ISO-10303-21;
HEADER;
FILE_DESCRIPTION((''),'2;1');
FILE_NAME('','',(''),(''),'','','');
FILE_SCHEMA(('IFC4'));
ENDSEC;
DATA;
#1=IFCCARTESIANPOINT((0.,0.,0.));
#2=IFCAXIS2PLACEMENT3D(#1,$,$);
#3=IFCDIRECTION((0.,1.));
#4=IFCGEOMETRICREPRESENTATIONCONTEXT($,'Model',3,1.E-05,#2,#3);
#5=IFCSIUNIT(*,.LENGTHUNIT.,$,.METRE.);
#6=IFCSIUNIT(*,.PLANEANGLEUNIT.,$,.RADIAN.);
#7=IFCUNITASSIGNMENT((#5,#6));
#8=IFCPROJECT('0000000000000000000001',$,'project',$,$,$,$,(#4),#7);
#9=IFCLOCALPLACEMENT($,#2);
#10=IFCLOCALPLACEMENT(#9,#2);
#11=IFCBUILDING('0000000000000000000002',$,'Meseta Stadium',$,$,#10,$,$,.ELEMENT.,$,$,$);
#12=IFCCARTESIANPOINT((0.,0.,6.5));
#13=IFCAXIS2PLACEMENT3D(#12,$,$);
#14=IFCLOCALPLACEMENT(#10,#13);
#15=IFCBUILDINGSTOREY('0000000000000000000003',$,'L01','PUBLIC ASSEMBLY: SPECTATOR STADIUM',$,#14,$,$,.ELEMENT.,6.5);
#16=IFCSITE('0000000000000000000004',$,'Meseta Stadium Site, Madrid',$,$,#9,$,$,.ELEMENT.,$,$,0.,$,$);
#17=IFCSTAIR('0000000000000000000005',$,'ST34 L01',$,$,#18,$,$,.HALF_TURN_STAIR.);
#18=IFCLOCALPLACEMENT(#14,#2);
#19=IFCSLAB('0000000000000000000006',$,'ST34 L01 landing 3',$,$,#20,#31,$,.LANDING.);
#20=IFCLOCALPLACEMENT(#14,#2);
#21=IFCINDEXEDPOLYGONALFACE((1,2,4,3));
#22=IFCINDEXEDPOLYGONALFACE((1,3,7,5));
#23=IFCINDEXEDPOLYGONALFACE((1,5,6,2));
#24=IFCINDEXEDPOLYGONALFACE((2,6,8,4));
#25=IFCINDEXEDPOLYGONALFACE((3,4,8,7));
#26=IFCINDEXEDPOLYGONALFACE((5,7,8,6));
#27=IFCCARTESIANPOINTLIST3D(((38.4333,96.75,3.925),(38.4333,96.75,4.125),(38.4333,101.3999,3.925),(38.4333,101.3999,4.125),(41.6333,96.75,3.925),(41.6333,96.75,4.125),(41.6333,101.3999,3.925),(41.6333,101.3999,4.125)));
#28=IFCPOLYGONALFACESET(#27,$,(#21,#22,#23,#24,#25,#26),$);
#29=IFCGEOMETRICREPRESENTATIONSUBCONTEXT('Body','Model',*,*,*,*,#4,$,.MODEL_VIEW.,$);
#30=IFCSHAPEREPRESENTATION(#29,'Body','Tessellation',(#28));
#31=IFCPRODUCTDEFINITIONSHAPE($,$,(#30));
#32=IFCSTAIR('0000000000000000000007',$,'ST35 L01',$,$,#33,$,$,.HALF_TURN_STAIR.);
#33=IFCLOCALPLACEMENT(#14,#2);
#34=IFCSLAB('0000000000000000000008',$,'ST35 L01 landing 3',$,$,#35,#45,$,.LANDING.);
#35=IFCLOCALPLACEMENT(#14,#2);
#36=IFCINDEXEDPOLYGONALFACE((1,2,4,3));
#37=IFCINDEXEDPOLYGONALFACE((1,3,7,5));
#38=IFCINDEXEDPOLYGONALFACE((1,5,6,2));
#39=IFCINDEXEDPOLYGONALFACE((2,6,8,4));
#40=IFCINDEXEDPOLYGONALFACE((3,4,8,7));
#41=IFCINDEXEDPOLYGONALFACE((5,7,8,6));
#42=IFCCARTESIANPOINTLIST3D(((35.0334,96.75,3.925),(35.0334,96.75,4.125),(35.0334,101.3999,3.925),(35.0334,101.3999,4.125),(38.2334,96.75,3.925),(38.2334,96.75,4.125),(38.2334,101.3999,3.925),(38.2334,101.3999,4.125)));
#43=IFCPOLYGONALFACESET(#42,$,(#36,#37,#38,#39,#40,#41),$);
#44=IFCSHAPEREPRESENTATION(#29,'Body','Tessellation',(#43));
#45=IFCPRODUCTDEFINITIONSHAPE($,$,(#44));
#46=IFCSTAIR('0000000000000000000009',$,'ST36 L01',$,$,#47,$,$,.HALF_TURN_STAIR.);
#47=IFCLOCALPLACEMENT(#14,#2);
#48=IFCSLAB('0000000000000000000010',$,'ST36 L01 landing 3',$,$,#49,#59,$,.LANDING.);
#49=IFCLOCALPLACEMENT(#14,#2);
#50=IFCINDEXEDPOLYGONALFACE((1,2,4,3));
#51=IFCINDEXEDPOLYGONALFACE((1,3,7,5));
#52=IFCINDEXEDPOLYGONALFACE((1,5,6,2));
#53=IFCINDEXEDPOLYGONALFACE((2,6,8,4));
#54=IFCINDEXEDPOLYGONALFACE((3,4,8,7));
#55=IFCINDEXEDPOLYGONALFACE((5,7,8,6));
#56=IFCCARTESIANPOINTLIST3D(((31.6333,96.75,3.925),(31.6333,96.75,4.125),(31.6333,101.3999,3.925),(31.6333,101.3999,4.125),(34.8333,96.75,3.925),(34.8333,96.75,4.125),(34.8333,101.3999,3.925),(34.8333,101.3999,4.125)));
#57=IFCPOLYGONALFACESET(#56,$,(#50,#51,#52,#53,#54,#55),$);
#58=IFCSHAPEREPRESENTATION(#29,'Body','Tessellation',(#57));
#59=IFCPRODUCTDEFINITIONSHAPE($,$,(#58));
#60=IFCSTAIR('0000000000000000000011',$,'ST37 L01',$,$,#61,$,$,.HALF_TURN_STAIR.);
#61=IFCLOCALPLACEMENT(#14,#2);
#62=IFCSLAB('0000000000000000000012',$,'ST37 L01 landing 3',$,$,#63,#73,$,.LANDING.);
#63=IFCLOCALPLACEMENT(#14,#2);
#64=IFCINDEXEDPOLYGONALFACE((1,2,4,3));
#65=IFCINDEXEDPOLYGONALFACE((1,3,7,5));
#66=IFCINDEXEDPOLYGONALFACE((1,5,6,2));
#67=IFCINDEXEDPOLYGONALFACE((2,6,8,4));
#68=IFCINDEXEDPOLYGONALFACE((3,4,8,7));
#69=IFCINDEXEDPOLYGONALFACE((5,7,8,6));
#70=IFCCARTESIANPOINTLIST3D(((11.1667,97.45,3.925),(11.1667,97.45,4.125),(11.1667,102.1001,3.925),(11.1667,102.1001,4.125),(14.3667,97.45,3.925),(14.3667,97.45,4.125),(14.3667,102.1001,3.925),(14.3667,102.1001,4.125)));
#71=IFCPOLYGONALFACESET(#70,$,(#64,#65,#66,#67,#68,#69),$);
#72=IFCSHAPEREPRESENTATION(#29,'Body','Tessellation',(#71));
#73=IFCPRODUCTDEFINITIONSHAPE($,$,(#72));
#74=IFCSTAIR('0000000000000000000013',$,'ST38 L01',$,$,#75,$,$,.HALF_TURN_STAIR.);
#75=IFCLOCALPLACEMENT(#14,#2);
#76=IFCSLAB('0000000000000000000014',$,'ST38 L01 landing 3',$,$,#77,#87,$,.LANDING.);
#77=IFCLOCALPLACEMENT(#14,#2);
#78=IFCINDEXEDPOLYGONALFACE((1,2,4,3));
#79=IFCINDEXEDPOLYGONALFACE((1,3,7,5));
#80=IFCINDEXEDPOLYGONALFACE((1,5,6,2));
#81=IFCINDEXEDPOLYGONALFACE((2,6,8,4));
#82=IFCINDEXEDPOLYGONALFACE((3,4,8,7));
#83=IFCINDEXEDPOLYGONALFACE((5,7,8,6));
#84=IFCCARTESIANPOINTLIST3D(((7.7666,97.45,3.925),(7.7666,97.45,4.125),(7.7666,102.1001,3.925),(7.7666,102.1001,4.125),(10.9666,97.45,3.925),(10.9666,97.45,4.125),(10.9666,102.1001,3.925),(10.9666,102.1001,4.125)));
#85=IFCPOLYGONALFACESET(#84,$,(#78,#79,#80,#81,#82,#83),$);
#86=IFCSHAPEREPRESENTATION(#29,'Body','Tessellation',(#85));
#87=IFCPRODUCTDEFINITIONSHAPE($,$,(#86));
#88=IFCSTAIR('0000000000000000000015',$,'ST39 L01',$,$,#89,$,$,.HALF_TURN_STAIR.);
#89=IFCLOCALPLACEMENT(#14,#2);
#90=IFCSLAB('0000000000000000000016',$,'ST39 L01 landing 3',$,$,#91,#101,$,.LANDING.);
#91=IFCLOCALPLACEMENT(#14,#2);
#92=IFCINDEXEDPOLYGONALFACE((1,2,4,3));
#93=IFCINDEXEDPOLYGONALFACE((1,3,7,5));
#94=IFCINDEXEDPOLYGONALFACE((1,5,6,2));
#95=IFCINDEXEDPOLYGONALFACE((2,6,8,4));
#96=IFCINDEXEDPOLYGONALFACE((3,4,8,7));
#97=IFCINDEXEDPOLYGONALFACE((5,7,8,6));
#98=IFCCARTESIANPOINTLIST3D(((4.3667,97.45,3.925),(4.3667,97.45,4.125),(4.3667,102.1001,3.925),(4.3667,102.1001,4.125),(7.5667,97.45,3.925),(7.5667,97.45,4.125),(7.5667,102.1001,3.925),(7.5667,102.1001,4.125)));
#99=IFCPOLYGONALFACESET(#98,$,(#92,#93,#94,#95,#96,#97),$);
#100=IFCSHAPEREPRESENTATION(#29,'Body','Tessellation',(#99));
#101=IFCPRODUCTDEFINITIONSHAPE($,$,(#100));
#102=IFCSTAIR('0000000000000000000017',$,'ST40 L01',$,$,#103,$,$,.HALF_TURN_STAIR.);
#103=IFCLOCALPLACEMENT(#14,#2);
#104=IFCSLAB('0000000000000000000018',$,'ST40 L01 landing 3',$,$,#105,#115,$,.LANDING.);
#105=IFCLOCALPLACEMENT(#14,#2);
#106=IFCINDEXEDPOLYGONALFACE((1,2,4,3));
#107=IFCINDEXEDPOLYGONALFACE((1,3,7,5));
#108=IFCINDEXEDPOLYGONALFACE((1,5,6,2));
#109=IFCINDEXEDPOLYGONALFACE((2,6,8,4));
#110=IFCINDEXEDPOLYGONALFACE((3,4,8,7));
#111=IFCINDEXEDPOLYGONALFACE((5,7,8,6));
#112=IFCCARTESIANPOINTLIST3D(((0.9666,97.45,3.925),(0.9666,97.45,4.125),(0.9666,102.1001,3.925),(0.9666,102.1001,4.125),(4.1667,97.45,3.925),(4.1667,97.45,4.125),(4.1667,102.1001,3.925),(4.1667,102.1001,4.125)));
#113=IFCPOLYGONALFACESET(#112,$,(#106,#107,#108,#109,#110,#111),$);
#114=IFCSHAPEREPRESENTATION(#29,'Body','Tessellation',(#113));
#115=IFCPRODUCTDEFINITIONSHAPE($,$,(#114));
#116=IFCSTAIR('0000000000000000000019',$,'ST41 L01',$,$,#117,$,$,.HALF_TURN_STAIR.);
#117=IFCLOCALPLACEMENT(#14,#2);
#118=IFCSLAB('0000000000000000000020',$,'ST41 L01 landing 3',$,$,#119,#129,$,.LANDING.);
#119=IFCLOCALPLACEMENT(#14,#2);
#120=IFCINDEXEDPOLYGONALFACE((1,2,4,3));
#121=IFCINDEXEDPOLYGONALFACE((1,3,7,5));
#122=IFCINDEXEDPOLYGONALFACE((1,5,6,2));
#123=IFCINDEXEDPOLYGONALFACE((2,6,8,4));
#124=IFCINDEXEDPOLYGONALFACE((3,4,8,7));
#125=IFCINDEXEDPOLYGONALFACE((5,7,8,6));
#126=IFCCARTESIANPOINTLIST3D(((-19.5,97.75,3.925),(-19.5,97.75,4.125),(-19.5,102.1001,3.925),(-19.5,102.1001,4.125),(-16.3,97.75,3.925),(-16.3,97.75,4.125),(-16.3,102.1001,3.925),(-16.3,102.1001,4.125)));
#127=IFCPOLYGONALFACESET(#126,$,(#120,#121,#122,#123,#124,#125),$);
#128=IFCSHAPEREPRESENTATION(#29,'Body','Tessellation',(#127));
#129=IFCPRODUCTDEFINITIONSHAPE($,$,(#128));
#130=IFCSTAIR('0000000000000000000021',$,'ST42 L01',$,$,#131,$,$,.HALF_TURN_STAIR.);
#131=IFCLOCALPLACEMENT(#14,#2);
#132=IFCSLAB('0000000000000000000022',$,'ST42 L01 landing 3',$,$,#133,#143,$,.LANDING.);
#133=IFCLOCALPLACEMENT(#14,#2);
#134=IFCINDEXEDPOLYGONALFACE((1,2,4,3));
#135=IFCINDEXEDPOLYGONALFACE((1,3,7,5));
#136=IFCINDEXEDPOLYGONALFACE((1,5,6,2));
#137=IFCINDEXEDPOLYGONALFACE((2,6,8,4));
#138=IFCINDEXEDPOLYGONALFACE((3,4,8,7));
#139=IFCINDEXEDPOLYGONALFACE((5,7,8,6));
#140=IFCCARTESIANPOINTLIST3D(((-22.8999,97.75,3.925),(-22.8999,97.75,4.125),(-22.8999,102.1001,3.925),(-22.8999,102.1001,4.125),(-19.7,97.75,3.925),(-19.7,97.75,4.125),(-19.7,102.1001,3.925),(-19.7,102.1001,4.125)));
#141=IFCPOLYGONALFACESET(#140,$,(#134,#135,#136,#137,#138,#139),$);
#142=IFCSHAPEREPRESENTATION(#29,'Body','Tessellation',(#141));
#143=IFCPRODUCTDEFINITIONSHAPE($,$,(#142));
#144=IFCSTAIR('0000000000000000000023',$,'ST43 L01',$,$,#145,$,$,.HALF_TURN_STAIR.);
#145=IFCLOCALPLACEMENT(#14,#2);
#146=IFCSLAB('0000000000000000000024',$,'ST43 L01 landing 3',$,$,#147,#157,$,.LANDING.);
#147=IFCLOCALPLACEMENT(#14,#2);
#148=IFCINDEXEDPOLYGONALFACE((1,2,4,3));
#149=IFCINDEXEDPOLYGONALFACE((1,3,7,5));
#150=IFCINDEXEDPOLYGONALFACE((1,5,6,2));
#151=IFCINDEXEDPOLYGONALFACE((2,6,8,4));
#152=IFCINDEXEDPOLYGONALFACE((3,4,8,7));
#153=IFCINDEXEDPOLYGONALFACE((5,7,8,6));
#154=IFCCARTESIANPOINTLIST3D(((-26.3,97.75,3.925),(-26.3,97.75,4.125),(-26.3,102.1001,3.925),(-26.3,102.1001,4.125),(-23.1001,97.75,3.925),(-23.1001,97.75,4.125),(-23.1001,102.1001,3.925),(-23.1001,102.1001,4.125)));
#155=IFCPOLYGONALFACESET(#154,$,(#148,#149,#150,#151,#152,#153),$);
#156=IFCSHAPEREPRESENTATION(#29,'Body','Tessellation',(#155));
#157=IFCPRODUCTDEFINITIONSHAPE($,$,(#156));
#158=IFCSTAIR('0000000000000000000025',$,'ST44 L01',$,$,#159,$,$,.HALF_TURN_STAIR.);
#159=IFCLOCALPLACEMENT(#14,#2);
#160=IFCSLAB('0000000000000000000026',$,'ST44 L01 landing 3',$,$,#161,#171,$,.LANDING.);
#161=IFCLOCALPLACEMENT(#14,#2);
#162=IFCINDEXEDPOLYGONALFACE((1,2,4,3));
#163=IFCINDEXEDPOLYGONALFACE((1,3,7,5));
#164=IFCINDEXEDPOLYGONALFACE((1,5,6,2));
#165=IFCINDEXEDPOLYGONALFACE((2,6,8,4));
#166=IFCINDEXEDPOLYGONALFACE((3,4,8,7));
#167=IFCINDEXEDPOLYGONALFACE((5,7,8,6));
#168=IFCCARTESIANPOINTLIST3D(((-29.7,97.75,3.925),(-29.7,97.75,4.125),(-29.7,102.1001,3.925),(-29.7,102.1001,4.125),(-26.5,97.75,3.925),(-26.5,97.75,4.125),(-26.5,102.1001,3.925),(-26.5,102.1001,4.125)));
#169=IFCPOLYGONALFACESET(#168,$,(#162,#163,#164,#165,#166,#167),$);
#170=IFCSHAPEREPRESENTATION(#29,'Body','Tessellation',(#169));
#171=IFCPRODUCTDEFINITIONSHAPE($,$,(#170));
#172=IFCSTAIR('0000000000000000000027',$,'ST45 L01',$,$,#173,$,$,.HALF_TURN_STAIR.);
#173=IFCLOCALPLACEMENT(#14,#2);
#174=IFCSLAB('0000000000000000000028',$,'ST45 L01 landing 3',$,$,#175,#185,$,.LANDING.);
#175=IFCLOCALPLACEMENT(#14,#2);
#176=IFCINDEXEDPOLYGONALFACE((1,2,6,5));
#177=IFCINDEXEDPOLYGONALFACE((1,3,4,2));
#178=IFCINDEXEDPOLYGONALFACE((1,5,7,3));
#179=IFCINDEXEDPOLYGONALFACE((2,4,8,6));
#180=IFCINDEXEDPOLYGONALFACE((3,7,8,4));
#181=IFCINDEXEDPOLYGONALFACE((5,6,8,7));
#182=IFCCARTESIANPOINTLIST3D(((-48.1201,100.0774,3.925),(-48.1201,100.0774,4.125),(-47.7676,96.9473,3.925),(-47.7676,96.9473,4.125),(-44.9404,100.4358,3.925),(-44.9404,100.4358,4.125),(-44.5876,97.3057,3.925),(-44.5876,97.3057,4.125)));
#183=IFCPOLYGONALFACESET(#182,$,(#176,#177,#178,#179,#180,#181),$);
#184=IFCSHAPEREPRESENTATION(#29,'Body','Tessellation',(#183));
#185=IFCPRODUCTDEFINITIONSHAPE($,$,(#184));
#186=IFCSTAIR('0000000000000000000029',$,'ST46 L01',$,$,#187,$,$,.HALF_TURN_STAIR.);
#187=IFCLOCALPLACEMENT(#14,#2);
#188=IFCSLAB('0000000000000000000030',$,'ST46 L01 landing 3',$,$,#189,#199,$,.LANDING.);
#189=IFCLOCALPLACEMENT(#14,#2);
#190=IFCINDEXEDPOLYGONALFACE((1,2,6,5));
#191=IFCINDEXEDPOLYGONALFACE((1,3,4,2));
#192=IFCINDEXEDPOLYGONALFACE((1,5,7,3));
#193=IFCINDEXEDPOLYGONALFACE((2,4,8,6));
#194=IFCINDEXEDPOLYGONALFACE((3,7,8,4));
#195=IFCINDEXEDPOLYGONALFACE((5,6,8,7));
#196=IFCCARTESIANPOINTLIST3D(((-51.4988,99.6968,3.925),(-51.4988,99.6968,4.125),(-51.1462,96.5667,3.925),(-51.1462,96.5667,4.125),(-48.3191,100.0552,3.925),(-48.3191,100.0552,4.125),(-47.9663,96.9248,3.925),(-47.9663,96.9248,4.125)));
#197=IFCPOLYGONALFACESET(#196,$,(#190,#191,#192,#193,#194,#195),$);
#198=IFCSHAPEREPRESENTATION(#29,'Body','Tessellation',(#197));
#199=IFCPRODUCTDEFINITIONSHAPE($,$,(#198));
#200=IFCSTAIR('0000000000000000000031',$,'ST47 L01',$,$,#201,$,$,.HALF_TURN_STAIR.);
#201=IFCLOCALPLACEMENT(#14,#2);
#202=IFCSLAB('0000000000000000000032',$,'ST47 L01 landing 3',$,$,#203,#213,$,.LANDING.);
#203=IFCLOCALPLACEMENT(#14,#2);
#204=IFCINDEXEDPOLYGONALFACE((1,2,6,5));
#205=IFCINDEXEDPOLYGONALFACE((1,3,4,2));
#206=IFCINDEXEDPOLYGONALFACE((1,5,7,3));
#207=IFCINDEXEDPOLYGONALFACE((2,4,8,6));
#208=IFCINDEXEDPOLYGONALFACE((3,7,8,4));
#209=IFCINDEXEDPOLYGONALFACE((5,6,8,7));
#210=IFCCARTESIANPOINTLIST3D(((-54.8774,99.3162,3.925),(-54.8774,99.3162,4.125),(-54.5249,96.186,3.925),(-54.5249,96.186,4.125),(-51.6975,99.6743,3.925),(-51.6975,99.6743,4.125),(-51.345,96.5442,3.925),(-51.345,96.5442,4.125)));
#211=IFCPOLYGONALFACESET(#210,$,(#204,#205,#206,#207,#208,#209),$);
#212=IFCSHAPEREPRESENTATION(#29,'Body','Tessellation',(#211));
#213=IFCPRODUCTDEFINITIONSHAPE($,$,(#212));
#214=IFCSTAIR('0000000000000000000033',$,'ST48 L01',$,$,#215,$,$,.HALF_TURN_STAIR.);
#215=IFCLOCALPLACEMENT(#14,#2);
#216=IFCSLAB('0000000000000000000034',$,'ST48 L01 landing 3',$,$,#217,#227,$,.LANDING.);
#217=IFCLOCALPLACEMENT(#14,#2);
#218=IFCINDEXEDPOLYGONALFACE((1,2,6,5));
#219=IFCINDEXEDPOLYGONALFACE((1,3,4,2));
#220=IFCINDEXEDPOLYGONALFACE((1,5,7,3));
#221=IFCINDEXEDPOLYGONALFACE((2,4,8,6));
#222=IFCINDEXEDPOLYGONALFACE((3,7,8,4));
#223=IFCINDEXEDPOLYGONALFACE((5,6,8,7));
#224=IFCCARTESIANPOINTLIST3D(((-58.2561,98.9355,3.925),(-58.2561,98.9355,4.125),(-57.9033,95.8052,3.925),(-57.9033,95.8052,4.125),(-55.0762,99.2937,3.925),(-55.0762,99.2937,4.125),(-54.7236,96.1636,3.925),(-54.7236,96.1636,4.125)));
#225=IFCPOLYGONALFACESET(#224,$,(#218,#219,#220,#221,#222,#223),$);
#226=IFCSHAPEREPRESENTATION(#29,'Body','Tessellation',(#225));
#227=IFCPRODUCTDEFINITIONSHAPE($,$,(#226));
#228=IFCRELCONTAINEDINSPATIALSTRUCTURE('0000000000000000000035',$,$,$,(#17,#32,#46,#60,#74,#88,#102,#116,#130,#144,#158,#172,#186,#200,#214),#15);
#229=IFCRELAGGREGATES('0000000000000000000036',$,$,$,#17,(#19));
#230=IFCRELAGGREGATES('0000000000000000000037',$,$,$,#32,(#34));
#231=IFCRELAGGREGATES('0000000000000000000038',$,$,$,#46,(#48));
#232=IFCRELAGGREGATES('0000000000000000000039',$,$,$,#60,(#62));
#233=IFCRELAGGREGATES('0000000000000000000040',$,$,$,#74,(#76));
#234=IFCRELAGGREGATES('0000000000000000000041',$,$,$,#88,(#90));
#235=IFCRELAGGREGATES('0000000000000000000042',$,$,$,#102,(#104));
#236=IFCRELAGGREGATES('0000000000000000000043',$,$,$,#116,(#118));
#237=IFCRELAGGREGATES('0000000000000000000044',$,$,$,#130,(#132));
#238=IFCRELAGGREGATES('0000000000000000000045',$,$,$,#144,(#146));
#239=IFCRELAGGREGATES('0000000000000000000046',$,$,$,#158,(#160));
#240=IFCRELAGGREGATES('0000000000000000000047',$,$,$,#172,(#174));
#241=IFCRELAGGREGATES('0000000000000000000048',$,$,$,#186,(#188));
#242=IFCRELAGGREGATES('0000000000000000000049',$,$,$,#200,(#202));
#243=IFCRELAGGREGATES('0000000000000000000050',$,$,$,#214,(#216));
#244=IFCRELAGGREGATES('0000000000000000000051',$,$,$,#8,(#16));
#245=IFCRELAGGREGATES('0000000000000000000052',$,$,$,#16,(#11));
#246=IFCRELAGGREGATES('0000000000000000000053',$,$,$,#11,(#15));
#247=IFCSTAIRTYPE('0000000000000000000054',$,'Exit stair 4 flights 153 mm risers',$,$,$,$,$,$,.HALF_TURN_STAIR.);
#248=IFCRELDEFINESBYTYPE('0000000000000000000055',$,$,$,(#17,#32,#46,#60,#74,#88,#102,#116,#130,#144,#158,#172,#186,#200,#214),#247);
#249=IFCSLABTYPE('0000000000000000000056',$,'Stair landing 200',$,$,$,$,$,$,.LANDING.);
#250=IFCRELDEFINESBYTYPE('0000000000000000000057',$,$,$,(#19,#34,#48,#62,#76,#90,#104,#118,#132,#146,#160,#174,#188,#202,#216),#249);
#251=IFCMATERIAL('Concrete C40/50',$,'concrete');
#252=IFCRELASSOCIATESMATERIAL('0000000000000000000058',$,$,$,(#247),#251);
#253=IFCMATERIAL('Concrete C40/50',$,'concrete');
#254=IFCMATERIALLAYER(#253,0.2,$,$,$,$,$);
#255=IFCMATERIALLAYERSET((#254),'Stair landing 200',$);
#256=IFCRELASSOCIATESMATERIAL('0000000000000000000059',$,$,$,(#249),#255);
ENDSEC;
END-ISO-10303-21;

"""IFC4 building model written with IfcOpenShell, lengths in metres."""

from ifc_helpers import new_model, si_unit, direction, frame, origin, place, context, subcontext, project, spatial, polyline, outline, extrude, material, layer, layer_set, type_object, element, aggregate, save


model = new_model("IFC4")

# Units and contexts
model_context = context("Model", 3, precision=1e-05, world=origin(), true_north=direction((0.0, 1.0)))
body_context = subcontext(model_context, "Body", "Model", "MODEL_VIEW")
ifc_project = project(units=[si_unit("LENGTHUNIT", "METRE"), si_unit("PLANEANGLEUNIT", "RADIAN")], contexts=[model_context])

# Site, building, storey
site_placement = place(None, origin())
site = spatial("IfcSite", under=ifc_project, at=site_placement, Name="Meseta Stadium Site, Madrid", CompositionType="ELEMENT", RefElevation=0.0)
building_placement = place(site_placement, origin())
building = spatial("IfcBuilding", under=site, at=building_placement, Name="Meseta Stadium", CompositionType="ELEMENT")
storey_placement = place(building_placement, frame((0.0, 0.0, 6.5)))
storey = spatial("IfcBuildingStorey", under=building, at=storey_placement, Name="L01", Description="PUBLIC ASSEMBLY: SPECTATOR STADIUM", CompositionType="ELEMENT", Elevation=6.5)

# Stairs, slabs
ifc_material_1 = material(Name="Concrete C40/50", Category="concrete")
stair_type = type_object("IfcStairType", Name="Exit stair 4 flights 153 mm risers", PredefinedType="HALF_TURN_STAIR", material=ifc_material_1)
stair_1_placement = place(storey_placement, origin())
stair_1 = element("IfcStair", 1, at=stair_1_placement, inside=storey, type_object=stair_type, Name="ST34 L01", PredefinedType="HALF_TURN_STAIR")
ifc_material_2 = material(Name="Concrete C40/50", Category="concrete")
ifc_layer = layer(ifc_material_2, 0.2)
ifc_layer_set = layer_set([ifc_layer], Name="Stair landing 200")
slab_type = type_object("IfcSlabType", Name="Stair landing 200", PredefinedType="LANDING", material=ifc_layer_set)
slab_1_placement = place(storey_placement, frame((0.0, 0.0, 3.925)))
slab_1 = element("IfcSlab", 2, at=slab_1_placement, type_object=slab_type, Name="ST34 L01 landing 3", PredefinedType="LANDING", context=body_context, shape_type="SweptSolid", body=[
    extrude(outline(polyline([(41.6333, 96.75), (41.6333, 101.3999), (38.4333, 101.3999), (38.4333, 96.75), (41.6333, 96.75)])), origin(), (0.0, 0.0, 1.0), 0.2),
])
aggregate(stair_1, [slab_1])
stair_2_placement = place(storey_placement, origin())
stair_2 = element("IfcStair", 3, at=stair_2_placement, inside=storey, type_object=stair_type, Name="ST35 L01", PredefinedType="HALF_TURN_STAIR")
slab_2_placement = place(storey_placement, frame((0.0, 0.0, 3.925)))
slab_2 = element("IfcSlab", 4, at=slab_2_placement, type_object=slab_type, Name="ST35 L01 landing 3", PredefinedType="LANDING", context=body_context, shape_type="SweptSolid", body=[
    extrude(outline(polyline([(38.2334, 96.75), (38.2334, 101.3999), (35.0334, 101.3999), (35.0334, 96.75), (38.2334, 96.75)])), origin(), (0.0, 0.0, 1.0), 0.2),
])
aggregate(stair_2, [slab_2])
stair_3_placement = place(storey_placement, origin())
stair_3 = element("IfcStair", 5, at=stair_3_placement, inside=storey, type_object=stair_type, Name="ST36 L01", PredefinedType="HALF_TURN_STAIR")
slab_3_placement = place(storey_placement, frame((0.0, 0.0, 3.925)))
slab_3 = element("IfcSlab", 6, at=slab_3_placement, type_object=slab_type, Name="ST36 L01 landing 3", PredefinedType="LANDING", context=body_context, shape_type="SweptSolid", body=[
    extrude(outline(polyline([(34.8333, 96.75), (34.8333, 101.3999), (31.6333, 101.3999), (31.6333, 96.75), (34.8333, 96.75)])), origin(), (0.0, 0.0, 1.0), 0.2),
])
aggregate(stair_3, [slab_3])
stair_4_placement = place(storey_placement, origin())
stair_4 = element("IfcStair", 7, at=stair_4_placement, inside=storey, type_object=stair_type, Name="ST37 L01", PredefinedType="HALF_TURN_STAIR")
slab_4_placement = place(storey_placement, frame((0.0, 0.0, 3.925)))
slab_4 = element("IfcSlab", 8, at=slab_4_placement, type_object=slab_type, Name="ST37 L01 landing 3", PredefinedType="LANDING", context=body_context, shape_type="SweptSolid", body=[
    extrude(outline(polyline([(14.3667, 97.45), (14.3667, 102.1001), (11.1667, 102.1001), (11.1667, 97.45), (14.3667, 97.45)])), origin(), (0.0, 0.0, 1.0), 0.2),
])
aggregate(stair_4, [slab_4])
stair_5_placement = place(storey_placement, origin())
stair_5 = element("IfcStair", 9, at=stair_5_placement, inside=storey, type_object=stair_type, Name="ST38 L01", PredefinedType="HALF_TURN_STAIR")
slab_5_placement = place(storey_placement, frame((0.0, 0.0, 3.925)))
slab_5 = element("IfcSlab", 10, at=slab_5_placement, type_object=slab_type, Name="ST38 L01 landing 3", PredefinedType="LANDING", context=body_context, shape_type="SweptSolid", body=[
    extrude(outline(polyline([(10.9666, 97.45), (10.9666, 102.1001), (7.7666, 102.1001), (7.7666, 97.45), (10.9666, 97.45)])), origin(), (0.0, 0.0, 1.0), 0.2),
])
aggregate(stair_5, [slab_5])
stair_6_placement = place(storey_placement, origin())
stair_6 = element("IfcStair", 11, at=stair_6_placement, inside=storey, type_object=stair_type, Name="ST39 L01", PredefinedType="HALF_TURN_STAIR")
slab_6_placement = place(storey_placement, frame((0.0, 0.0, 3.925)))
slab_6 = element("IfcSlab", 12, at=slab_6_placement, type_object=slab_type, Name="ST39 L01 landing 3", PredefinedType="LANDING", context=body_context, shape_type="SweptSolid", body=[
    extrude(outline(polyline([(7.5667, 97.45), (7.5667, 102.1001), (4.3667, 102.1001), (4.3667, 97.45), (7.5667, 97.45)])), origin(), (0.0, 0.0, 1.0), 0.2),
])
aggregate(stair_6, [slab_6])
stair_7_placement = place(storey_placement, origin())
stair_7 = element("IfcStair", 13, at=stair_7_placement, inside=storey, type_object=stair_type, Name="ST40 L01", PredefinedType="HALF_TURN_STAIR")
slab_7_placement = place(storey_placement, frame((0.0, 0.0, 3.925)))
slab_7 = element("IfcSlab", 14, at=slab_7_placement, type_object=slab_type, Name="ST40 L01 landing 3", PredefinedType="LANDING", context=body_context, shape_type="SweptSolid", body=[
    extrude(outline(polyline([(4.1667, 97.45), (4.1667, 102.1001), (0.9666, 102.1001), (0.9666, 97.45), (4.1667, 97.45)])), origin(), (0.0, 0.0, 1.0), 0.2),
])
aggregate(stair_7, [slab_7])
stair_8_placement = place(storey_placement, origin())
stair_8 = element("IfcStair", 15, at=stair_8_placement, inside=storey, type_object=stair_type, Name="ST41 L01", PredefinedType="HALF_TURN_STAIR")
slab_8_placement = place(storey_placement, frame((0.0, 0.0, 3.925)))
slab_8 = element("IfcSlab", 16, at=slab_8_placement, type_object=slab_type, Name="ST41 L01 landing 3", PredefinedType="LANDING", context=body_context, shape_type="SweptSolid", body=[
    extrude(outline(polyline([(-16.3, 97.75), (-16.3, 102.1001), (-19.5, 102.1001), (-19.5, 97.75), (-16.3, 97.75)])), origin(), (0.0, 0.0, 1.0), 0.2),
])
aggregate(stair_8, [slab_8])
stair_9_placement = place(storey_placement, origin())
stair_9 = element("IfcStair", 17, at=stair_9_placement, inside=storey, type_object=stair_type, Name="ST42 L01", PredefinedType="HALF_TURN_STAIR")
slab_9_placement = place(storey_placement, frame((0.0, 0.0, 3.925)))
slab_9 = element("IfcSlab", 18, at=slab_9_placement, type_object=slab_type, Name="ST42 L01 landing 3", PredefinedType="LANDING", context=body_context, shape_type="SweptSolid", body=[
    extrude(outline(polyline([(-19.7, 97.75), (-19.7, 102.1001), (-22.8999, 102.1001), (-22.8999, 97.75), (-19.7, 97.75)])), origin(), (0.0, 0.0, 1.0), 0.2),
])
aggregate(stair_9, [slab_9])
stair_10_placement = place(storey_placement, origin())
stair_10 = element("IfcStair", 19, at=stair_10_placement, inside=storey, type_object=stair_type, Name="ST43 L01", PredefinedType="HALF_TURN_STAIR")
slab_10_placement = place(storey_placement, frame((0.0, 0.0, 3.925)))
slab_10 = element("IfcSlab", 20, at=slab_10_placement, type_object=slab_type, Name="ST43 L01 landing 3", PredefinedType="LANDING", context=body_context, shape_type="SweptSolid", body=[
    extrude(outline(polyline([(-23.1001, 97.75), (-23.1001, 102.1001), (-26.3, 102.1001), (-26.3, 97.75), (-23.1001, 97.75)])), origin(), (0.0, 0.0, 1.0), 0.2),
])
aggregate(stair_10, [slab_10])
stair_11_placement = place(storey_placement, origin())
stair_11 = element("IfcStair", 21, at=stair_11_placement, inside=storey, type_object=stair_type, Name="ST44 L01", PredefinedType="HALF_TURN_STAIR")
slab_11_placement = place(storey_placement, frame((0.0, 0.0, 3.925)))
slab_11 = element("IfcSlab", 22, at=slab_11_placement, type_object=slab_type, Name="ST44 L01 landing 3", PredefinedType="LANDING", context=body_context, shape_type="SweptSolid", body=[
    extrude(outline(polyline([(-26.5, 97.75), (-26.5, 102.1001), (-29.7, 102.1001), (-29.7, 97.75), (-26.5, 97.75)])), origin(), (0.0, 0.0, 1.0), 0.2),
])
aggregate(stair_11, [slab_11])
stair_12_placement = place(storey_placement, origin())
stair_12 = element("IfcStair", 23, at=stair_12_placement, inside=storey, type_object=stair_type, Name="ST45 L01", PredefinedType="HALF_TURN_STAIR")
slab_12_placement = place(storey_placement, frame((0.0, 0.0, 3.925)))
slab_12 = element("IfcSlab", 24, at=slab_12_placement, type_object=slab_type, Name="ST45 L01 landing 3", PredefinedType="LANDING", context=body_context, shape_type="SweptSolid", body=[
    extrude(outline(polyline([(-44.5876, 97.3057), (-44.9404, 100.4358), (-48.1201, 100.0774), (-47.7676, 96.9473), (-44.5876, 97.3057)])), origin(), (0.0, 0.0, 1.0), 0.2),
])
aggregate(stair_12, [slab_12])
stair_13_placement = place(storey_placement, origin())
stair_13 = element("IfcStair", 25, at=stair_13_placement, inside=storey, type_object=stair_type, Name="ST46 L01", PredefinedType="HALF_TURN_STAIR")
slab_13_placement = place(storey_placement, frame((0.0, 0.0, 3.925)))
slab_13 = element("IfcSlab", 26, at=slab_13_placement, type_object=slab_type, Name="ST46 L01 landing 3", PredefinedType="LANDING", context=body_context, shape_type="SweptSolid", body=[
    extrude(outline(polyline([(-47.9663, 96.9248), (-48.3191, 100.0552), (-51.4988, 99.6968), (-51.1462, 96.5667), (-47.9663, 96.9248)])), origin(), (0.0, 0.0, 1.0), 0.2),
])
aggregate(stair_13, [slab_13])
stair_14_placement = place(storey_placement, origin())
stair_14 = element("IfcStair", 27, at=stair_14_placement, inside=storey, type_object=stair_type, Name="ST47 L01", PredefinedType="HALF_TURN_STAIR")
slab_14_placement = place(storey_placement, frame((0.0, 0.0, 3.925)))
slab_14 = element("IfcSlab", 28, at=slab_14_placement, type_object=slab_type, Name="ST47 L01 landing 3", PredefinedType="LANDING", context=body_context, shape_type="SweptSolid", body=[
    extrude(outline(polyline([(-51.345, 96.5442), (-51.6975, 99.6743), (-54.8774, 99.3162), (-54.5249, 96.186), (-51.345, 96.5442)])), origin(), (0.0, 0.0, 1.0), 0.2),
])
aggregate(stair_14, [slab_14])
stair_15_placement = place(storey_placement, origin())
stair_15 = element("IfcStair", 29, at=stair_15_placement, inside=storey, type_object=stair_type, Name="ST48 L01", PredefinedType="HALF_TURN_STAIR")
slab_15_placement = place(storey_placement, frame((0.0, 0.0, 3.925)))
slab_15 = element("IfcSlab", 30, at=slab_15_placement, type_object=slab_type, Name="ST48 L01 landing 3", PredefinedType="LANDING", context=body_context, shape_type="SweptSolid", body=[
    extrude(outline(polyline([(-54.7236, 96.1636), (-55.0762, 99.2937), (-58.2561, 98.9355), (-57.9033, 95.8052), (-54.7236, 96.1636)])), origin(), (0.0, 0.0, 1.0), 0.2),
])
aggregate(stair_15, [slab_15])

save(model, "model.ifc")
